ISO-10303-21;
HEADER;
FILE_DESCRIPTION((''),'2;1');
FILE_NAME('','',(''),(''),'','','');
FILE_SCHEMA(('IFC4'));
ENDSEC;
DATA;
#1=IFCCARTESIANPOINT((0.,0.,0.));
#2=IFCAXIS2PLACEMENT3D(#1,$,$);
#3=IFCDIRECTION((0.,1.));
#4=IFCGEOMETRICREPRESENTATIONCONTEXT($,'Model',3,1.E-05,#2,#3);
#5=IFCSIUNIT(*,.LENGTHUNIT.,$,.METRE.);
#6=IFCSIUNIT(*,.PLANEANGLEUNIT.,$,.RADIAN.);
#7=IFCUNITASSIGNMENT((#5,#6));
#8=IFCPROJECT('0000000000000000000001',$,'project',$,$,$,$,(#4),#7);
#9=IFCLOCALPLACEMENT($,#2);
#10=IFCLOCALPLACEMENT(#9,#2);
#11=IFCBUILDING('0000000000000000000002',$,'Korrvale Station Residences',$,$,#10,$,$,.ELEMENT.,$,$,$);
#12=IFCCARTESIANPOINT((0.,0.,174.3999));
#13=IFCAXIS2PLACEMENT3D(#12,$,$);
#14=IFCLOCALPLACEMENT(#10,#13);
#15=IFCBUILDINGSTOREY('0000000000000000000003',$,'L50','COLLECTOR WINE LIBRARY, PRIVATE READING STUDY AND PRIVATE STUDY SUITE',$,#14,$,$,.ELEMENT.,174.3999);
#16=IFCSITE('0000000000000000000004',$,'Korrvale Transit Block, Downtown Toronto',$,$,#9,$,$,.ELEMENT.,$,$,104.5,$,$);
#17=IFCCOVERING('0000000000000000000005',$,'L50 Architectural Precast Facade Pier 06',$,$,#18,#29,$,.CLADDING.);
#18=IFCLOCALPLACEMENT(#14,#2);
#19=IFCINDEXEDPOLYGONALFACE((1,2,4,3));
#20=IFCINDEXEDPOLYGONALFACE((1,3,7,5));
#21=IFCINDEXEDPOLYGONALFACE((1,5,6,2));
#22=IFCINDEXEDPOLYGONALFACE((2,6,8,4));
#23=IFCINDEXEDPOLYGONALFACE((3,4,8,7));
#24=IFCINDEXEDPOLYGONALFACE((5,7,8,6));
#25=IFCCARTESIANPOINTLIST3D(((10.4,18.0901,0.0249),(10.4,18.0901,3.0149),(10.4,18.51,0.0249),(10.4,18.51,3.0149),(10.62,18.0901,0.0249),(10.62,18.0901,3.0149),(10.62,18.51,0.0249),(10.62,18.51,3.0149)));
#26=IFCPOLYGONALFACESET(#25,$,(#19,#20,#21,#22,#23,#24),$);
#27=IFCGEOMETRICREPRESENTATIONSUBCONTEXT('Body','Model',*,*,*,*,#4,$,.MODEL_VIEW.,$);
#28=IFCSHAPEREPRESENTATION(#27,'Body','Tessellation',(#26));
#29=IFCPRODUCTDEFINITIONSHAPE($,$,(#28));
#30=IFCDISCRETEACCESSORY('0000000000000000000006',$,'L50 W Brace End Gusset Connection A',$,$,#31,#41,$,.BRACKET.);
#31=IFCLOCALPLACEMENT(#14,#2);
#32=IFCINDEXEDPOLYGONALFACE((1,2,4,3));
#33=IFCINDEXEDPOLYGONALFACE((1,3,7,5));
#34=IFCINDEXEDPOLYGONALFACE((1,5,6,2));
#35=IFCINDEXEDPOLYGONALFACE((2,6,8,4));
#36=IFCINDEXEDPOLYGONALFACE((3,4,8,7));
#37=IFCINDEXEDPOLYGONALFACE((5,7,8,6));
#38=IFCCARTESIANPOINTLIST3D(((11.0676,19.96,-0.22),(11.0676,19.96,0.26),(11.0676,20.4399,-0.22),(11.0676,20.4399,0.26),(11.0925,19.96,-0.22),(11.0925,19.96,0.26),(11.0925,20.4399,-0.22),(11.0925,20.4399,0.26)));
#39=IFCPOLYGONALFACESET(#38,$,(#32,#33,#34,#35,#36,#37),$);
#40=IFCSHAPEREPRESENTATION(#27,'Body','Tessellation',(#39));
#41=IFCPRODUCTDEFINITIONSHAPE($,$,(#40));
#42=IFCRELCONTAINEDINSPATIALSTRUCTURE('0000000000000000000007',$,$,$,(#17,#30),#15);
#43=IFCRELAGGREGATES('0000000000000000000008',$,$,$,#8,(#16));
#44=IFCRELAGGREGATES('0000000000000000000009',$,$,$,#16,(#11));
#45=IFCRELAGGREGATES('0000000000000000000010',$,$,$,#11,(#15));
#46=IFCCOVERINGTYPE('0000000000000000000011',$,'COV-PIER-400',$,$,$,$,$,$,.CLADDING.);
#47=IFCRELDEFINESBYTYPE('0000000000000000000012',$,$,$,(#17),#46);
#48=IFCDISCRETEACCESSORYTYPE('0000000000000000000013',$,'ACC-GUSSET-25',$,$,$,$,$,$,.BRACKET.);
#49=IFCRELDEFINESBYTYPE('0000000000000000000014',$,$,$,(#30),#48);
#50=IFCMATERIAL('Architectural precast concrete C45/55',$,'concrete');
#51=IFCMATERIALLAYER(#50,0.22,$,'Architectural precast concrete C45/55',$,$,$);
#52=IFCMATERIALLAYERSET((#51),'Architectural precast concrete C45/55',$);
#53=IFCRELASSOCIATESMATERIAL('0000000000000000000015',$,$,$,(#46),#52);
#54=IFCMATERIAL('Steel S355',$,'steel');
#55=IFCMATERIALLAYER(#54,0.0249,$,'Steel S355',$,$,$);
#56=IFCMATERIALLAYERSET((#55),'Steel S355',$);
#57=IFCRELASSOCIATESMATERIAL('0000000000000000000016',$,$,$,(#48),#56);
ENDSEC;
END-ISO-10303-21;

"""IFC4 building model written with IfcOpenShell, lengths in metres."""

from ifc_helpers import new_model, si_unit, direction, frame, origin, origin_2d, place, context, subcontext, project, spatial, rectangle, extrude, material, layer, layer_set, type_object, element, save


model = new_model("IFC4")

# Units and contexts
model_context = context("Model", 3, precision=1e-05, world=origin(), true_north=direction((0.0, 1.0)))
body_context = subcontext(model_context, "Body", "Model", "MODEL_VIEW")
ifc_project = project(units=[si_unit("LENGTHUNIT", "METRE"), si_unit("PLANEANGLEUNIT", "RADIAN")], contexts=[model_context])

# Site, building, storey
site_placement = place(None, origin())
site = spatial("IfcSite", under=ifc_project, at=site_placement, Name="Korrvale Transit Block, Downtown Toronto", CompositionType="ELEMENT", RefElevation=104.5)
building_placement = place(site_placement, origin())
building = spatial("IfcBuilding", under=site, at=building_placement, Name="Korrvale Station Residences", CompositionType="ELEMENT")
storey_placement = place(building_placement, frame((0.0, 0.0, 174.3999)))
storey = spatial("IfcBuildingStorey", under=building, at=storey_placement, Name="L50", Description="COLLECTOR WINE LIBRARY, PRIVATE READING STUDY AND PRIVATE STUDY SUITE", CompositionType="ELEMENT", Elevation=174.3999)

# Shared definitions
ifc_material_1 = material(Name="Steel S355", Category="steel")

# Covering
ifc_material_2 = material(Name="Architectural precast concrete C45/55", Category="concrete")
ifc_layer_1 = layer(ifc_material_2, 0.22, Name="Architectural precast concrete C45/55")
ifc_layer_set_1 = layer_set([ifc_layer_1], Name="Architectural precast concrete C45/55")
covering_type = type_object("IfcCoveringType", Name="COV-PIER-400", PredefinedType="CLADDING", material=ifc_layer_set_1)
for number, where, z_axis, x_axis, name in (
    (1, (10.51, 18.3, 0.0249), (0.0, 0.0, 1.0), (0.0, 1.0, 0.0), "L50 Architectural Precast Facade Pier 06"),
):
    element("IfcCovering", number, at=place(storey_placement, frame(where, z_axis=z_axis, x_axis=x_axis)), inside=storey, type_object=covering_type, Name=name, PredefinedType="CLADDING", context=body_context, shape_type="SweptSolid", body=[
        extrude(rectangle(XDim=0.4199, YDim=0.22, at=origin_2d()), origin(), (0.0, 0.0, 1.0), 2.99),
    ])

# Discrete accessory
ifc_layer_2 = layer(ifc_material_1, 0.0249, Name="Steel S355")
ifc_layer_set_2 = layer_set([ifc_layer_2], Name="Steel S355")
discrete_accessory_type = type_object("IfcDiscreteAccessoryType", Name="ACC-GUSSET-25", PredefinedType="BRACKET", material=ifc_layer_set_2)
discrete_accessory_placement = place(storey_placement, frame((11.0801, 20.2, -0.22), z_axis=(0.0, 0.0, 1.0), x_axis=(0.0, 1.0, 0.0)))
element("IfcDiscreteAccessory", 2, at=discrete_accessory_placement, inside=storey, type_object=discrete_accessory_type, Name="L50 W Brace End Gusset Connection A", PredefinedType="BRACKET", context=body_context, shape_type="SweptSolid", body=[
    extrude(rectangle(XDim=0.48, YDim=0.0249, at=origin_2d()), origin(), (0.0, 0.0, 1.0), 0.48),
])

save(model, "model.ifc")
